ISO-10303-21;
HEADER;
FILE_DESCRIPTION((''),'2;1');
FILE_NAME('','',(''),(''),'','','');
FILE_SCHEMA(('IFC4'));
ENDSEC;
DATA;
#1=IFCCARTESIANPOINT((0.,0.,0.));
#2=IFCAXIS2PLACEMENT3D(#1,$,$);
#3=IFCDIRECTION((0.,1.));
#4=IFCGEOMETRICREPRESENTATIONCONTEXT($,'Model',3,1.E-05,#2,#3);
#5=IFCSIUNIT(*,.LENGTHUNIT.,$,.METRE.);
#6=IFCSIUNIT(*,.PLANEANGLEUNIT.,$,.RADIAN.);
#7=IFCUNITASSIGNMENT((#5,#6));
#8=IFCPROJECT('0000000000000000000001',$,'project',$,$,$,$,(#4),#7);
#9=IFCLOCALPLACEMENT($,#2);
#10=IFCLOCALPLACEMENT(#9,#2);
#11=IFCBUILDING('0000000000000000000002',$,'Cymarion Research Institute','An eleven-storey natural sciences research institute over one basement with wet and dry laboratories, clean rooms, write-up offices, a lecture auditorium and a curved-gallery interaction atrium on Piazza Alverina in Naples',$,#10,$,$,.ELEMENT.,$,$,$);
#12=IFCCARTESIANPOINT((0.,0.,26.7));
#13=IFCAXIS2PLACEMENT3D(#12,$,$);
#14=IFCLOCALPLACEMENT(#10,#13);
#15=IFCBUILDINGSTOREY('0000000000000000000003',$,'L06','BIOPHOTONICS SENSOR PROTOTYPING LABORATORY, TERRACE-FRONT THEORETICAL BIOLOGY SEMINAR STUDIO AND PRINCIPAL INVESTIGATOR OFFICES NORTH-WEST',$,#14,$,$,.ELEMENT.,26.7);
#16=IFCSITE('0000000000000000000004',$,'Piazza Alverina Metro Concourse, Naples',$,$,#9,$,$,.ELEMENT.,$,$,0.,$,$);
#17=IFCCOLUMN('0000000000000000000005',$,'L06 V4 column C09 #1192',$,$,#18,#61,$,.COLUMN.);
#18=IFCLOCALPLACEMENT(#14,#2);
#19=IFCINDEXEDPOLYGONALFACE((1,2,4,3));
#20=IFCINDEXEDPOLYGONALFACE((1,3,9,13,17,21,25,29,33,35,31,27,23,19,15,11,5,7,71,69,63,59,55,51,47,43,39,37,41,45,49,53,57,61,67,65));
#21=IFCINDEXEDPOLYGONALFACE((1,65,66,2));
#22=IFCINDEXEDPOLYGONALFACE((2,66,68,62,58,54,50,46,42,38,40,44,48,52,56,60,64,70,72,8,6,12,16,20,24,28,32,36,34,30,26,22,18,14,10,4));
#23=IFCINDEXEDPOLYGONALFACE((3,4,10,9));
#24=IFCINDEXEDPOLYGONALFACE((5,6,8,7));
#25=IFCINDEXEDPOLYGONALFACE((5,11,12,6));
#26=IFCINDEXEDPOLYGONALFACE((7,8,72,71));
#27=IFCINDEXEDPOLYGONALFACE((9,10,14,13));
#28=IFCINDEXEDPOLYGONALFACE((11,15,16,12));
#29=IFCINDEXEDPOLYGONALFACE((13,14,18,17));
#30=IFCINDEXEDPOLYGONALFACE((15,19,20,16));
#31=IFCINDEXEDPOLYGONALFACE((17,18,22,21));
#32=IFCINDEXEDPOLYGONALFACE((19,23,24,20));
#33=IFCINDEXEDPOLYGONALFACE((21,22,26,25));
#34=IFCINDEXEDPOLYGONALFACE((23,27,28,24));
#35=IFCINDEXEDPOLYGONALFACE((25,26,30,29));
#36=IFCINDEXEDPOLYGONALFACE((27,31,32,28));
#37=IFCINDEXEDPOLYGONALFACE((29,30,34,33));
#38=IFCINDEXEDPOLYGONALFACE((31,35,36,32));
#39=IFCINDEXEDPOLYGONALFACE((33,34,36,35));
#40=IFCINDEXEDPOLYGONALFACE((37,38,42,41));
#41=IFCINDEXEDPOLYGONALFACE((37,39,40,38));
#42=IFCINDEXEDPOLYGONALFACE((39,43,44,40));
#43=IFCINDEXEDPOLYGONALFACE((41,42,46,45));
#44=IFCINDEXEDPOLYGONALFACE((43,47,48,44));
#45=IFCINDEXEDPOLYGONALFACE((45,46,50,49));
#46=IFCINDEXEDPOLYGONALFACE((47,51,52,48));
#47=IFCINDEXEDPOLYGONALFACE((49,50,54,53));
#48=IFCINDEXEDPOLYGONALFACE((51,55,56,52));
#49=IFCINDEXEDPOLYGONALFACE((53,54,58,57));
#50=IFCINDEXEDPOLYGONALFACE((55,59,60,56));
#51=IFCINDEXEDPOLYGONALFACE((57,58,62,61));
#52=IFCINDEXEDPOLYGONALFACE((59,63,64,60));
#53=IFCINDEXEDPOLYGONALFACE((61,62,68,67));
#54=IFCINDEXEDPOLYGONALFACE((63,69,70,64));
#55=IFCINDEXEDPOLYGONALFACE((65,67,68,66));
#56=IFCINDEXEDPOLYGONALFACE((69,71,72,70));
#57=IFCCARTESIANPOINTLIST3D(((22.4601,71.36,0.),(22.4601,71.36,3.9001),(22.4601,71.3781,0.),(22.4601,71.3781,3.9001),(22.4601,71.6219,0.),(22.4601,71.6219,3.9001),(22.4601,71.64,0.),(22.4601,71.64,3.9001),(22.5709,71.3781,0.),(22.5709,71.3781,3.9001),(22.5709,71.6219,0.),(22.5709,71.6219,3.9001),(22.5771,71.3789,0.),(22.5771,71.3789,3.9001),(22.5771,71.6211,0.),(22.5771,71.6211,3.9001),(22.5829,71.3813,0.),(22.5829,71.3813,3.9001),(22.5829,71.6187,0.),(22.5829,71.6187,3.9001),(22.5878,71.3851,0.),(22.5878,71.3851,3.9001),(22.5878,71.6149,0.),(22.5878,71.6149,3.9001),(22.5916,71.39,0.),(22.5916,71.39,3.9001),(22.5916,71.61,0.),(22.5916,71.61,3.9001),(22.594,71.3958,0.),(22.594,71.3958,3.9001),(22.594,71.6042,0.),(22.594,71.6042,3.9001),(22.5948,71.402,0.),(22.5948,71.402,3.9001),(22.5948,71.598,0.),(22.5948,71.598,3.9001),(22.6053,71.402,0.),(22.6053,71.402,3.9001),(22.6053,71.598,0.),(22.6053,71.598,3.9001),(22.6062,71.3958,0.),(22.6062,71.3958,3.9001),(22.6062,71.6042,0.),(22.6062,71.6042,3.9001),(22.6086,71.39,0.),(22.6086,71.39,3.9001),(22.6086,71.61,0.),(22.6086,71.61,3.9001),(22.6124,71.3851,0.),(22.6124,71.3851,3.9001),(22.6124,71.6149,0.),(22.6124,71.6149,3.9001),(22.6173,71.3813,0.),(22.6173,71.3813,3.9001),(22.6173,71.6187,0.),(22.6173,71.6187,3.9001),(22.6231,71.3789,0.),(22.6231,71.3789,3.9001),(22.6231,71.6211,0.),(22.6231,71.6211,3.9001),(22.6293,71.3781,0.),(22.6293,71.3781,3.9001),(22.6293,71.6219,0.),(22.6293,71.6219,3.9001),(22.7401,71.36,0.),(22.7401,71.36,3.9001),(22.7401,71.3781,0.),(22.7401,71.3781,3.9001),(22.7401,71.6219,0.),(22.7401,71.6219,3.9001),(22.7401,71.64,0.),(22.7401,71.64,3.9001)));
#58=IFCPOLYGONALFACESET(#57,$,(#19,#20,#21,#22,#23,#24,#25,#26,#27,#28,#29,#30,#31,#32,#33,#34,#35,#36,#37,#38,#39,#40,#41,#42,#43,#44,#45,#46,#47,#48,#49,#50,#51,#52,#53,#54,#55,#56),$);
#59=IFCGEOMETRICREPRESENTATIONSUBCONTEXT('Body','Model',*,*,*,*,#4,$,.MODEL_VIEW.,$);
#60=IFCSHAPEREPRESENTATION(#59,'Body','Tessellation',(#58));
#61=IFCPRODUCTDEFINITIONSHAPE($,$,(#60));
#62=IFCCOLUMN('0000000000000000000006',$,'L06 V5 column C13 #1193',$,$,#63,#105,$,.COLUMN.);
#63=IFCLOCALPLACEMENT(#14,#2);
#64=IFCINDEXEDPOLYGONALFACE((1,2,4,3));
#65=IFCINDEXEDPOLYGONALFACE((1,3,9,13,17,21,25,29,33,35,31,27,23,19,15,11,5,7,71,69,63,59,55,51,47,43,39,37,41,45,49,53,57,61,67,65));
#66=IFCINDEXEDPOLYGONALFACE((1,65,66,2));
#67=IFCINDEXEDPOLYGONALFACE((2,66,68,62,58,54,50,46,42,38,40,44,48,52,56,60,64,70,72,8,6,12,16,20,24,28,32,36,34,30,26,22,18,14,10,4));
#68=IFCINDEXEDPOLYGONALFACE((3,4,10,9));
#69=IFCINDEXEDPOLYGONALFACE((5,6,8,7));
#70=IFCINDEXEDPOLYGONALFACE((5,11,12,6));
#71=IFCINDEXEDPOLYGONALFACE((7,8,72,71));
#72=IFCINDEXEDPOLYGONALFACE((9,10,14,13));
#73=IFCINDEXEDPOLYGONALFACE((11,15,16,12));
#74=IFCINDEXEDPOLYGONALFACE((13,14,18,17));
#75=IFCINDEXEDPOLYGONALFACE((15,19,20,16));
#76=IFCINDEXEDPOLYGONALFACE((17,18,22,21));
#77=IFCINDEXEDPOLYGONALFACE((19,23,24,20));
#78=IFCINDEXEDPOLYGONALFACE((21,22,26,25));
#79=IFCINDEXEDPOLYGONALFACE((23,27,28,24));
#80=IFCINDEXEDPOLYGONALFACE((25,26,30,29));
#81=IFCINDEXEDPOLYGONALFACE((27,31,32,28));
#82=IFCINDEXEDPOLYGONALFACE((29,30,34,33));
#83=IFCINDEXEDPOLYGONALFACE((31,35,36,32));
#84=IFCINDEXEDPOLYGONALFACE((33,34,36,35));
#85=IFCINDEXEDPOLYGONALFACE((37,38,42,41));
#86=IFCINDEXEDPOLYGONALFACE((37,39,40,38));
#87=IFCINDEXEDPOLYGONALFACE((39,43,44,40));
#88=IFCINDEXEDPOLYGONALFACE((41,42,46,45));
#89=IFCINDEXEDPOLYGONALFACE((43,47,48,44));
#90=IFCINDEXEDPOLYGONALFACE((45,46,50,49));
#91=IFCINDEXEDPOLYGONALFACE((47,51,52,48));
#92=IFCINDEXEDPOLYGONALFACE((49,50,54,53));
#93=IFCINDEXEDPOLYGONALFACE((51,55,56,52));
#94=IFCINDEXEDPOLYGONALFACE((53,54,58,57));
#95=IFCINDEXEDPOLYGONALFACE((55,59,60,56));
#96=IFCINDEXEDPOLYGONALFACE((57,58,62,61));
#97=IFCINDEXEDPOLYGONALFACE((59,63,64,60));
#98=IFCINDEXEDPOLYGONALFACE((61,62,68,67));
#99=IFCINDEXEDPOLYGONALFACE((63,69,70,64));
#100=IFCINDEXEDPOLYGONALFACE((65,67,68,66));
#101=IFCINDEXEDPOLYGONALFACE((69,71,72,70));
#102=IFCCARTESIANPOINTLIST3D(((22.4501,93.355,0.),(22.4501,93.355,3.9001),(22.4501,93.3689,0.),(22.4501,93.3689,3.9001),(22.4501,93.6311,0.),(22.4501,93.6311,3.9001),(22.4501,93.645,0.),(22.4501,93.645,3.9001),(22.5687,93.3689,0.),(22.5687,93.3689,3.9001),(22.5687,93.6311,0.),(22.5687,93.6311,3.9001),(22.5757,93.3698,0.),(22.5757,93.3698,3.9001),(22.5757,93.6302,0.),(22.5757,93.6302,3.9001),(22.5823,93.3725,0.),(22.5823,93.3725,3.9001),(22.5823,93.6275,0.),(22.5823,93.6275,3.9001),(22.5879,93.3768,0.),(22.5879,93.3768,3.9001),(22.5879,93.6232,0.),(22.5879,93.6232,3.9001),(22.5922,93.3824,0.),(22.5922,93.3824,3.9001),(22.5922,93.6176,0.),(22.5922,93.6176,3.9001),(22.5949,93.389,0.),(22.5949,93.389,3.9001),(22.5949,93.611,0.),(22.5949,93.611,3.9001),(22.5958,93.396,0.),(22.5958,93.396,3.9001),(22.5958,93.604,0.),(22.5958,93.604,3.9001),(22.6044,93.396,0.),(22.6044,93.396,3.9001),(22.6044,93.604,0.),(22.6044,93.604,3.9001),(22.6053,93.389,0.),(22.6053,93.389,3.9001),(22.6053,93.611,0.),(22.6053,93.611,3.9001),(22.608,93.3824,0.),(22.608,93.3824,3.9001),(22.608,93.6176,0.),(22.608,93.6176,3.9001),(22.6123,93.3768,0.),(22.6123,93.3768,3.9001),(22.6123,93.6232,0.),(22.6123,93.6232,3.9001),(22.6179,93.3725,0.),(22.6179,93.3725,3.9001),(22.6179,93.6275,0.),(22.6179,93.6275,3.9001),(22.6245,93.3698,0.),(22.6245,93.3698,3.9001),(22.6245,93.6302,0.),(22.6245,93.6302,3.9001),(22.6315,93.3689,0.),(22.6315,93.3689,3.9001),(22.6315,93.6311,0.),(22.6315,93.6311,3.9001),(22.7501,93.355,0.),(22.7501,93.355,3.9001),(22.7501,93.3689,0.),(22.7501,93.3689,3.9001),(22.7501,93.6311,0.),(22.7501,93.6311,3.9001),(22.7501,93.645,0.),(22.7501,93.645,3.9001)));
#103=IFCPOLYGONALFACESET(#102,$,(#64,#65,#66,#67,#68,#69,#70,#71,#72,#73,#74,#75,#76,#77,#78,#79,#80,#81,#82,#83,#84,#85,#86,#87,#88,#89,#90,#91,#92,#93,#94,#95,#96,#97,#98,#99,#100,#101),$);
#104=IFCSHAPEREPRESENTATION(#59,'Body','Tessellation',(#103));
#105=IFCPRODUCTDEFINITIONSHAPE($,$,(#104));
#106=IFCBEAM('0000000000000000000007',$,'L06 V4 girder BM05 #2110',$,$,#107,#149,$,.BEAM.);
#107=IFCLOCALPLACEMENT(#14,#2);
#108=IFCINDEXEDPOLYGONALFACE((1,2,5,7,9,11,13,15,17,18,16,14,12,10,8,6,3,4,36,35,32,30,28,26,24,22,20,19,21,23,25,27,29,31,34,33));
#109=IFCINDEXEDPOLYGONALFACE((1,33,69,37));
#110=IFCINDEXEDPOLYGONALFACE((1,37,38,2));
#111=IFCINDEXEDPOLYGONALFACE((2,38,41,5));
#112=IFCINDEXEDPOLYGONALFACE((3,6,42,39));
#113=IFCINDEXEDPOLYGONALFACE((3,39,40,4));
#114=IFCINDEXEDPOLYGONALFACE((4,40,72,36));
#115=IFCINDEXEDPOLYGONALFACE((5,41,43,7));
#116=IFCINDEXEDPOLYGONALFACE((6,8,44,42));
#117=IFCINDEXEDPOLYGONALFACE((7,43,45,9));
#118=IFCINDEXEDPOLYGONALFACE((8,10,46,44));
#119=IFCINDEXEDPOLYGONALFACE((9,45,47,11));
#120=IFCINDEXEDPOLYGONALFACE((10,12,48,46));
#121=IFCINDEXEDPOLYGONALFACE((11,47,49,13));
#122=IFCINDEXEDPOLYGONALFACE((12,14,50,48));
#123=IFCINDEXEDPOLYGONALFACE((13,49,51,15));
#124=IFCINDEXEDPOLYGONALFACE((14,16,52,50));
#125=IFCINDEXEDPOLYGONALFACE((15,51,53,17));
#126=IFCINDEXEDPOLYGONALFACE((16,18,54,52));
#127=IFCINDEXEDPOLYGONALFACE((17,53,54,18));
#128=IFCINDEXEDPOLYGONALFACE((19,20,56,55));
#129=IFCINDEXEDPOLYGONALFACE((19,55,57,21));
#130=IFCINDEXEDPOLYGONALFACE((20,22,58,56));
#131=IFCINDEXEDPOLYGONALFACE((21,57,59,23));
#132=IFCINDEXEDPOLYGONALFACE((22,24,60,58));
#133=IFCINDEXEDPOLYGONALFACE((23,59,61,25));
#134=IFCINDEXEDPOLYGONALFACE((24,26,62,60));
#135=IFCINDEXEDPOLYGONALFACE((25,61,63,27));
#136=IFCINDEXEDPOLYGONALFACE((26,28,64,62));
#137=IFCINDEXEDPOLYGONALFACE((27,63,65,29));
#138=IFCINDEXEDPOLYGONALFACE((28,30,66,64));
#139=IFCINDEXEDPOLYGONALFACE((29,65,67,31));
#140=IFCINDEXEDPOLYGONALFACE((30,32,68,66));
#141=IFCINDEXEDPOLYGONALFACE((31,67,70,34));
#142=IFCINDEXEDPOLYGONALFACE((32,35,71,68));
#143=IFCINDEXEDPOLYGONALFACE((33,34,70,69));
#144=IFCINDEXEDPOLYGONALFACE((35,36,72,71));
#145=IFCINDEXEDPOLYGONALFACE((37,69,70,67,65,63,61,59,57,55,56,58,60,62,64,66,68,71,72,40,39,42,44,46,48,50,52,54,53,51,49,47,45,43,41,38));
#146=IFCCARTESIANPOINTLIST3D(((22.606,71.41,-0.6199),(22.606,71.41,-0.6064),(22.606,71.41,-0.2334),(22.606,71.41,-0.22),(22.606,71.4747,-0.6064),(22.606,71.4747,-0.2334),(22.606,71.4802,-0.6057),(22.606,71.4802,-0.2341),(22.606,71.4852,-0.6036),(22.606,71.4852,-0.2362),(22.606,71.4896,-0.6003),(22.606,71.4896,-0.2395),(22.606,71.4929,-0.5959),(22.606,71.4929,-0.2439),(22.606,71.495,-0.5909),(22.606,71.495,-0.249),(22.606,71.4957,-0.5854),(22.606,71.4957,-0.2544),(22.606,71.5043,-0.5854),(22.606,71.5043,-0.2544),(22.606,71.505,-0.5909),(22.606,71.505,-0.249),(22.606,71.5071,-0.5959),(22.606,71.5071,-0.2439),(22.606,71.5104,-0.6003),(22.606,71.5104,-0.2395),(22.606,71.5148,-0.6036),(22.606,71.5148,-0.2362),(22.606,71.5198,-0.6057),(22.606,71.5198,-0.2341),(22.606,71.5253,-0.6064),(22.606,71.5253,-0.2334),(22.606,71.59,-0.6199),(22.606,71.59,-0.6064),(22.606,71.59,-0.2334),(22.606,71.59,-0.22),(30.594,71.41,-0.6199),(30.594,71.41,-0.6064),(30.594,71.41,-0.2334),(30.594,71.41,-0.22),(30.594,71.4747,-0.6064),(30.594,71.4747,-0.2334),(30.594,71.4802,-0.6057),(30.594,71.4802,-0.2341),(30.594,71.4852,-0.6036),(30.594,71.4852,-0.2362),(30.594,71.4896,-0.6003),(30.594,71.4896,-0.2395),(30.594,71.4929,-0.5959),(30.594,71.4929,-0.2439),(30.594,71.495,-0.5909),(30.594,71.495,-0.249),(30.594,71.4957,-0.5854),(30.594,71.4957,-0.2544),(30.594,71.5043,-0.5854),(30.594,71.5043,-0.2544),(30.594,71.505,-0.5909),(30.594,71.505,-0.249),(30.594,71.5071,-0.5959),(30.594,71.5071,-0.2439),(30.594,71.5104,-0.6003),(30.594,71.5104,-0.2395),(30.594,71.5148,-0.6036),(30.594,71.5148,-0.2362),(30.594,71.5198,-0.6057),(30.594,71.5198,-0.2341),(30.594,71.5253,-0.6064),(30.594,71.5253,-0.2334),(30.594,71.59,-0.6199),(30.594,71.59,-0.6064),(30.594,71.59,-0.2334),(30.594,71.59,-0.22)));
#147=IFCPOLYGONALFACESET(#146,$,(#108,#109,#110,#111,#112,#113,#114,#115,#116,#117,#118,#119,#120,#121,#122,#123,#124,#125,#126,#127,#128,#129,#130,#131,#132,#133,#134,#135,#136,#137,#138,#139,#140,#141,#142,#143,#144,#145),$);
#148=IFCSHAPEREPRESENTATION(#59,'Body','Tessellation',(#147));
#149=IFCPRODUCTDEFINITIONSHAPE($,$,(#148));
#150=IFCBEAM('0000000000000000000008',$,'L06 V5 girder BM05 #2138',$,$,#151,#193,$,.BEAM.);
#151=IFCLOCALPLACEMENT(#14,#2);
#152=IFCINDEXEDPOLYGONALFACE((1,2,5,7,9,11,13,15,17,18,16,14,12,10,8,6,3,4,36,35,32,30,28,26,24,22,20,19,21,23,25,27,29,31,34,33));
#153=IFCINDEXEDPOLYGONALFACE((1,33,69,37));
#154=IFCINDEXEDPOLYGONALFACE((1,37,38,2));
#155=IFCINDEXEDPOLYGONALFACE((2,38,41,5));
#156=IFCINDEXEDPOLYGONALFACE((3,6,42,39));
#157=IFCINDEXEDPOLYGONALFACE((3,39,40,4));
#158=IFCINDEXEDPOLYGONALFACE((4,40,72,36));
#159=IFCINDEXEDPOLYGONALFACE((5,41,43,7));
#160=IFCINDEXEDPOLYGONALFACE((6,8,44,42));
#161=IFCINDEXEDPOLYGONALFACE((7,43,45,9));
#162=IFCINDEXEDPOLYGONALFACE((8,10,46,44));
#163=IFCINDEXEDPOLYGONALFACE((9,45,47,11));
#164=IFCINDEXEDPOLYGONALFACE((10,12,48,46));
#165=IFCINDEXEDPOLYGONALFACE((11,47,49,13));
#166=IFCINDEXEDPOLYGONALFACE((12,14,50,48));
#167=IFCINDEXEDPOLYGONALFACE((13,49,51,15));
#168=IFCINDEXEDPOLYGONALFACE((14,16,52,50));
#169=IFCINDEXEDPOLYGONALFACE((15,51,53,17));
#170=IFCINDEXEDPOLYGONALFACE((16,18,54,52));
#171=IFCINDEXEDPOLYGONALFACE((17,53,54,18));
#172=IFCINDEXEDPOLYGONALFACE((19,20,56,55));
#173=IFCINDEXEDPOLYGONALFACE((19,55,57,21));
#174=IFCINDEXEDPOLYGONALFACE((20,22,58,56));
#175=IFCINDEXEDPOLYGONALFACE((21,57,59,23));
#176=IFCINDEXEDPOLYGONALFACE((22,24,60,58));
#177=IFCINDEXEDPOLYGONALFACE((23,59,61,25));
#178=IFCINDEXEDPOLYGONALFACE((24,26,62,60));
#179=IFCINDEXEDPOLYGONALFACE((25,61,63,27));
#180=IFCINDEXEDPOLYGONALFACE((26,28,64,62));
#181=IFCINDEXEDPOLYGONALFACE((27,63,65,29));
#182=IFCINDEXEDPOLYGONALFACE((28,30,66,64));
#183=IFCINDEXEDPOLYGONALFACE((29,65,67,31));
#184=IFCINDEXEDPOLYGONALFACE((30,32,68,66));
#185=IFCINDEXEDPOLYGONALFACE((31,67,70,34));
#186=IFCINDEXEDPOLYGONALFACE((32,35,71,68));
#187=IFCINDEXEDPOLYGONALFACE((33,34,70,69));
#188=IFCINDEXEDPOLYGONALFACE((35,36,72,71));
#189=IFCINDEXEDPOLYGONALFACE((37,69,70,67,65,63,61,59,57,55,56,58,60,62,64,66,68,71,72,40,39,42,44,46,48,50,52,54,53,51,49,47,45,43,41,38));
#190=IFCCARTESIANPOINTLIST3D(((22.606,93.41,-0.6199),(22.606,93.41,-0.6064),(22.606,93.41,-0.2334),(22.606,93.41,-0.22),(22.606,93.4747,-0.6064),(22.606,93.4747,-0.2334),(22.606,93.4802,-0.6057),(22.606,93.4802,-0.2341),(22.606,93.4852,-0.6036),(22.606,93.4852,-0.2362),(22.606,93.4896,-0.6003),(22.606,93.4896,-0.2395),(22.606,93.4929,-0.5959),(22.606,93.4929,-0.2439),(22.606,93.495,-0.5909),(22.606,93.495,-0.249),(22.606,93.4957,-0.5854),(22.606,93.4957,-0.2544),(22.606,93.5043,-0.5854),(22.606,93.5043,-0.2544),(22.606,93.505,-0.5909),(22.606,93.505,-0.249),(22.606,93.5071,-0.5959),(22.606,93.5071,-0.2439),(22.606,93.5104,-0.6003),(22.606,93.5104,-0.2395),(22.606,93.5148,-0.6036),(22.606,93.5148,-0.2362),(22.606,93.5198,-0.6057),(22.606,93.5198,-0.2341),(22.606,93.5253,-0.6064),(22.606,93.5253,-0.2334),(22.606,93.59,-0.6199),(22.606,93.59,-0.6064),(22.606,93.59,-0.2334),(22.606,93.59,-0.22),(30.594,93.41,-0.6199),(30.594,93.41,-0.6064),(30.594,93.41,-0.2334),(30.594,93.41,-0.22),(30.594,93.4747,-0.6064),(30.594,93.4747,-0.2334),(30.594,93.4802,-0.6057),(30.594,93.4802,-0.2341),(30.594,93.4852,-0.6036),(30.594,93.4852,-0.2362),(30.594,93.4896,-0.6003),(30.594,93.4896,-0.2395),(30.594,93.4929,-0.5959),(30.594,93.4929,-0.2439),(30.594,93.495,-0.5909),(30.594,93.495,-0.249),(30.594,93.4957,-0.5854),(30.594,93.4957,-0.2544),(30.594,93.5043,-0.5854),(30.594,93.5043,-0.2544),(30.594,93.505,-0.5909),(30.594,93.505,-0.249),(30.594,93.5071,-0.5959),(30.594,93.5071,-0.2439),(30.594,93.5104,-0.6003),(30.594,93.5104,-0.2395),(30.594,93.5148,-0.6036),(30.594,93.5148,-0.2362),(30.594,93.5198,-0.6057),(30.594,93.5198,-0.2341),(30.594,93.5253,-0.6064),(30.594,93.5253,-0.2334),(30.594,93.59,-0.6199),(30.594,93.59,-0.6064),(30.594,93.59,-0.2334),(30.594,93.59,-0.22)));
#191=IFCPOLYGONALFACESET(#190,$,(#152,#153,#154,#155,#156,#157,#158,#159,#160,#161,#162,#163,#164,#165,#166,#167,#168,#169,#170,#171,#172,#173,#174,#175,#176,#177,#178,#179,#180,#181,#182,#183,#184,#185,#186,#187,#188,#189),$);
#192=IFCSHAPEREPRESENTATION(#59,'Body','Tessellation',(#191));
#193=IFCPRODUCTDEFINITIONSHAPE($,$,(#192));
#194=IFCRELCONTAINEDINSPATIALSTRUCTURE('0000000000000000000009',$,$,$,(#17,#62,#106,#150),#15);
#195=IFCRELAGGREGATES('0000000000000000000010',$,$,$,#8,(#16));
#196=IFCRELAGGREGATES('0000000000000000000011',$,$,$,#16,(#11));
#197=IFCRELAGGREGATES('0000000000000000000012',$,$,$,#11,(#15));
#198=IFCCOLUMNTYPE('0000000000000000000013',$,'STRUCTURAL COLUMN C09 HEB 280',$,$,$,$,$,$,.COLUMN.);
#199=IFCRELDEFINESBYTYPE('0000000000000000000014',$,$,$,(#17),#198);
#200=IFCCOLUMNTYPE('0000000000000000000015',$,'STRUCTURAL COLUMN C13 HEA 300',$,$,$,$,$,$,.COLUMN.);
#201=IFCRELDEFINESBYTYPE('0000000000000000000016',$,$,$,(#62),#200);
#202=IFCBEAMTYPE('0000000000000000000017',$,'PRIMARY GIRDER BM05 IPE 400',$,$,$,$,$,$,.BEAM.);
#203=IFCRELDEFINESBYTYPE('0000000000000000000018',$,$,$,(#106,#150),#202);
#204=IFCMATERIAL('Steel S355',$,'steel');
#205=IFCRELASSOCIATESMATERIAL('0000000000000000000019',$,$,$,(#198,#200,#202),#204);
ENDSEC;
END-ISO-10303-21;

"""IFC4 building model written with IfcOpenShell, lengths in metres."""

from ifc_helpers import new_model, si_unit, direction, frame, origin, origin_2d, place, context, subcontext, project, spatial, i_section, extrude, material, material_profile, profile_set, type_object, element, save


model = new_model("IFC4")

# Units and contexts
model_context = context("Model", 3, precision=1e-05, world=origin(), true_north=direction((0.0, 1.0)))
body_context = subcontext(model_context, "Body", "Model", "MODEL_VIEW")
ifc_project = project(units=[si_unit("LENGTHUNIT", "METRE"), si_unit("PLANEANGLEUNIT", "RADIAN")], contexts=[model_context])

# Site, building, storey
site_placement = place(None, origin())
site = spatial("IfcSite", under=ifc_project, at=site_placement, Name="Piazza Alverina Metro Concourse, Naples", CompositionType="ELEMENT", RefElevation=0.0)
building_placement = place(site_placement, origin())
building = spatial("IfcBuilding", under=site, at=building_placement, Name="Cymarion Research Institute", Description="An eleven-storey natural sciences research institute over one basement with wet and dry laboratories, clean rooms, write-up offices, a lecture auditorium and a curved-gallery interaction atrium on Piazza Alverina in Naples", CompositionType="ELEMENT")
storey_placement = place(building_placement, frame((0.0, 0.0, 26.7)))
storey = spatial("IfcBuildingStorey", under=building, at=storey_placement, Name="L06", Description="BIOPHOTONICS SENSOR PROTOTYPING LABORATORY, TERRACE-FRONT THEORETICAL BIOLOGY SEMINAR STUDIO AND PRINCIPAL INVESTIGATOR OFFICES NORTH-WEST", CompositionType="ELEMENT", Elevation=26.7)

# Columns
ifc_material_1 = material(Name="Steel S355", Category="steel")
ifc_material_profile_1 = material_profile(ifc_material_1, i_section(OverallWidth=0.28, OverallDepth=0.28, WebThickness=0.0105, FlangeThickness=0.0181, FilletRadius=0.0239, at=origin_2d()), Name="HEB 280")
ifc_profile_set_1 = profile_set([ifc_material_profile_1], Name="Steel S355")
column_type_1 = type_object("IfcColumnType", Name="STRUCTURAL COLUMN C09 HEB 280", PredefinedType="COLUMN", material=ifc_profile_set_1)
column_1_placement = place(storey_placement, frame((22.6001, 71.5, 0.0), z_axis=(0.0, 0.0, 1.0), x_axis=(1.0, 0.0, 0.0)))
element("IfcColumn", 1, at=column_1_placement, inside=storey, type_object=column_type_1, Name="L06 V4 column C09 #1192", PredefinedType="COLUMN", context=body_context, shape_type="SweptSolid", body=[
    extrude(i_section(OverallWidth=0.28, OverallDepth=0.28, WebThickness=0.0105, FlangeThickness=0.0181, FilletRadius=0.0239, at=origin_2d()), origin(), (0.0, 0.0, 1.0), 3.9001),
])
ifc_material_profile_2 = material_profile(ifc_material_1, i_section(OverallWidth=0.3, OverallDepth=0.29, WebThickness=0.0085, FlangeThickness=0.0139, FilletRadius=0.0271, at=origin_2d()), Name="HEA 300")
ifc_profile_set_2 = profile_set([ifc_material_profile_2], Name="Steel S355")
column_type_2 = type_object("IfcColumnType", Name="STRUCTURAL COLUMN C13 HEA 300", PredefinedType="COLUMN", material=ifc_profile_set_2)
column_2_placement = place(storey_placement, frame((22.6001, 93.5, 0.0), z_axis=(0.0, 0.0, 1.0), x_axis=(1.0, 0.0, 0.0)))
element("IfcColumn", 2, at=column_2_placement, inside=storey, type_object=column_type_2, Name="L06 V5 column C13 #1193", PredefinedType="COLUMN", context=body_context, shape_type="SweptSolid", body=[
    extrude(i_section(OverallWidth=0.3, OverallDepth=0.29, WebThickness=0.0085, FlangeThickness=0.0139, FilletRadius=0.0271, at=origin_2d()), origin(), (0.0, 0.0, 1.0), 3.9001),
])

# Beams
ifc_material_profile_3 = material_profile(ifc_material_1, i_section(OverallWidth=0.1799, OverallDepth=0.3999, WebThickness=0.0085, FlangeThickness=0.0134, FilletRadius=0.021, at=origin_2d()), Name="IPE 400")
ifc_profile_set_3 = profile_set([ifc_material_profile_3], Name="Steel S355")
beam_type = type_object("IfcBeamType", Name="PRIMARY GIRDER BM05 IPE 400", PredefinedType="BEAM", material=ifc_profile_set_3)
for number, where, z_axis, x_axis, name in (
    (3, (22.606, 71.5, -0.4199), (1.0, 0.0, 0.0), (0.0, 1.0, 0.0), "L06 V4 girder BM05 #2110"),
    (4, (22.606, 93.5, -0.4199), (1.0, 0.0, 0.0), (0.0, 1.0, 0.0), "L06 V5 girder BM05 #2138"),
):
    element("IfcBeam", number, at=place(storey_placement, frame(where, z_axis=z_axis, x_axis=x_axis)), inside=storey, type_object=beam_type, Name=name, PredefinedType="BEAM", context=body_context, shape_type="SweptSolid", body=[
        extrude(i_section(OverallWidth=0.1799, OverallDepth=0.3999, WebThickness=0.0085, FlangeThickness=0.0134, FilletRadius=0.021, at=origin_2d()), origin(), (0.0, 0.0, 1.0), 7.988),
    ])

save(model, "model.ifc")
